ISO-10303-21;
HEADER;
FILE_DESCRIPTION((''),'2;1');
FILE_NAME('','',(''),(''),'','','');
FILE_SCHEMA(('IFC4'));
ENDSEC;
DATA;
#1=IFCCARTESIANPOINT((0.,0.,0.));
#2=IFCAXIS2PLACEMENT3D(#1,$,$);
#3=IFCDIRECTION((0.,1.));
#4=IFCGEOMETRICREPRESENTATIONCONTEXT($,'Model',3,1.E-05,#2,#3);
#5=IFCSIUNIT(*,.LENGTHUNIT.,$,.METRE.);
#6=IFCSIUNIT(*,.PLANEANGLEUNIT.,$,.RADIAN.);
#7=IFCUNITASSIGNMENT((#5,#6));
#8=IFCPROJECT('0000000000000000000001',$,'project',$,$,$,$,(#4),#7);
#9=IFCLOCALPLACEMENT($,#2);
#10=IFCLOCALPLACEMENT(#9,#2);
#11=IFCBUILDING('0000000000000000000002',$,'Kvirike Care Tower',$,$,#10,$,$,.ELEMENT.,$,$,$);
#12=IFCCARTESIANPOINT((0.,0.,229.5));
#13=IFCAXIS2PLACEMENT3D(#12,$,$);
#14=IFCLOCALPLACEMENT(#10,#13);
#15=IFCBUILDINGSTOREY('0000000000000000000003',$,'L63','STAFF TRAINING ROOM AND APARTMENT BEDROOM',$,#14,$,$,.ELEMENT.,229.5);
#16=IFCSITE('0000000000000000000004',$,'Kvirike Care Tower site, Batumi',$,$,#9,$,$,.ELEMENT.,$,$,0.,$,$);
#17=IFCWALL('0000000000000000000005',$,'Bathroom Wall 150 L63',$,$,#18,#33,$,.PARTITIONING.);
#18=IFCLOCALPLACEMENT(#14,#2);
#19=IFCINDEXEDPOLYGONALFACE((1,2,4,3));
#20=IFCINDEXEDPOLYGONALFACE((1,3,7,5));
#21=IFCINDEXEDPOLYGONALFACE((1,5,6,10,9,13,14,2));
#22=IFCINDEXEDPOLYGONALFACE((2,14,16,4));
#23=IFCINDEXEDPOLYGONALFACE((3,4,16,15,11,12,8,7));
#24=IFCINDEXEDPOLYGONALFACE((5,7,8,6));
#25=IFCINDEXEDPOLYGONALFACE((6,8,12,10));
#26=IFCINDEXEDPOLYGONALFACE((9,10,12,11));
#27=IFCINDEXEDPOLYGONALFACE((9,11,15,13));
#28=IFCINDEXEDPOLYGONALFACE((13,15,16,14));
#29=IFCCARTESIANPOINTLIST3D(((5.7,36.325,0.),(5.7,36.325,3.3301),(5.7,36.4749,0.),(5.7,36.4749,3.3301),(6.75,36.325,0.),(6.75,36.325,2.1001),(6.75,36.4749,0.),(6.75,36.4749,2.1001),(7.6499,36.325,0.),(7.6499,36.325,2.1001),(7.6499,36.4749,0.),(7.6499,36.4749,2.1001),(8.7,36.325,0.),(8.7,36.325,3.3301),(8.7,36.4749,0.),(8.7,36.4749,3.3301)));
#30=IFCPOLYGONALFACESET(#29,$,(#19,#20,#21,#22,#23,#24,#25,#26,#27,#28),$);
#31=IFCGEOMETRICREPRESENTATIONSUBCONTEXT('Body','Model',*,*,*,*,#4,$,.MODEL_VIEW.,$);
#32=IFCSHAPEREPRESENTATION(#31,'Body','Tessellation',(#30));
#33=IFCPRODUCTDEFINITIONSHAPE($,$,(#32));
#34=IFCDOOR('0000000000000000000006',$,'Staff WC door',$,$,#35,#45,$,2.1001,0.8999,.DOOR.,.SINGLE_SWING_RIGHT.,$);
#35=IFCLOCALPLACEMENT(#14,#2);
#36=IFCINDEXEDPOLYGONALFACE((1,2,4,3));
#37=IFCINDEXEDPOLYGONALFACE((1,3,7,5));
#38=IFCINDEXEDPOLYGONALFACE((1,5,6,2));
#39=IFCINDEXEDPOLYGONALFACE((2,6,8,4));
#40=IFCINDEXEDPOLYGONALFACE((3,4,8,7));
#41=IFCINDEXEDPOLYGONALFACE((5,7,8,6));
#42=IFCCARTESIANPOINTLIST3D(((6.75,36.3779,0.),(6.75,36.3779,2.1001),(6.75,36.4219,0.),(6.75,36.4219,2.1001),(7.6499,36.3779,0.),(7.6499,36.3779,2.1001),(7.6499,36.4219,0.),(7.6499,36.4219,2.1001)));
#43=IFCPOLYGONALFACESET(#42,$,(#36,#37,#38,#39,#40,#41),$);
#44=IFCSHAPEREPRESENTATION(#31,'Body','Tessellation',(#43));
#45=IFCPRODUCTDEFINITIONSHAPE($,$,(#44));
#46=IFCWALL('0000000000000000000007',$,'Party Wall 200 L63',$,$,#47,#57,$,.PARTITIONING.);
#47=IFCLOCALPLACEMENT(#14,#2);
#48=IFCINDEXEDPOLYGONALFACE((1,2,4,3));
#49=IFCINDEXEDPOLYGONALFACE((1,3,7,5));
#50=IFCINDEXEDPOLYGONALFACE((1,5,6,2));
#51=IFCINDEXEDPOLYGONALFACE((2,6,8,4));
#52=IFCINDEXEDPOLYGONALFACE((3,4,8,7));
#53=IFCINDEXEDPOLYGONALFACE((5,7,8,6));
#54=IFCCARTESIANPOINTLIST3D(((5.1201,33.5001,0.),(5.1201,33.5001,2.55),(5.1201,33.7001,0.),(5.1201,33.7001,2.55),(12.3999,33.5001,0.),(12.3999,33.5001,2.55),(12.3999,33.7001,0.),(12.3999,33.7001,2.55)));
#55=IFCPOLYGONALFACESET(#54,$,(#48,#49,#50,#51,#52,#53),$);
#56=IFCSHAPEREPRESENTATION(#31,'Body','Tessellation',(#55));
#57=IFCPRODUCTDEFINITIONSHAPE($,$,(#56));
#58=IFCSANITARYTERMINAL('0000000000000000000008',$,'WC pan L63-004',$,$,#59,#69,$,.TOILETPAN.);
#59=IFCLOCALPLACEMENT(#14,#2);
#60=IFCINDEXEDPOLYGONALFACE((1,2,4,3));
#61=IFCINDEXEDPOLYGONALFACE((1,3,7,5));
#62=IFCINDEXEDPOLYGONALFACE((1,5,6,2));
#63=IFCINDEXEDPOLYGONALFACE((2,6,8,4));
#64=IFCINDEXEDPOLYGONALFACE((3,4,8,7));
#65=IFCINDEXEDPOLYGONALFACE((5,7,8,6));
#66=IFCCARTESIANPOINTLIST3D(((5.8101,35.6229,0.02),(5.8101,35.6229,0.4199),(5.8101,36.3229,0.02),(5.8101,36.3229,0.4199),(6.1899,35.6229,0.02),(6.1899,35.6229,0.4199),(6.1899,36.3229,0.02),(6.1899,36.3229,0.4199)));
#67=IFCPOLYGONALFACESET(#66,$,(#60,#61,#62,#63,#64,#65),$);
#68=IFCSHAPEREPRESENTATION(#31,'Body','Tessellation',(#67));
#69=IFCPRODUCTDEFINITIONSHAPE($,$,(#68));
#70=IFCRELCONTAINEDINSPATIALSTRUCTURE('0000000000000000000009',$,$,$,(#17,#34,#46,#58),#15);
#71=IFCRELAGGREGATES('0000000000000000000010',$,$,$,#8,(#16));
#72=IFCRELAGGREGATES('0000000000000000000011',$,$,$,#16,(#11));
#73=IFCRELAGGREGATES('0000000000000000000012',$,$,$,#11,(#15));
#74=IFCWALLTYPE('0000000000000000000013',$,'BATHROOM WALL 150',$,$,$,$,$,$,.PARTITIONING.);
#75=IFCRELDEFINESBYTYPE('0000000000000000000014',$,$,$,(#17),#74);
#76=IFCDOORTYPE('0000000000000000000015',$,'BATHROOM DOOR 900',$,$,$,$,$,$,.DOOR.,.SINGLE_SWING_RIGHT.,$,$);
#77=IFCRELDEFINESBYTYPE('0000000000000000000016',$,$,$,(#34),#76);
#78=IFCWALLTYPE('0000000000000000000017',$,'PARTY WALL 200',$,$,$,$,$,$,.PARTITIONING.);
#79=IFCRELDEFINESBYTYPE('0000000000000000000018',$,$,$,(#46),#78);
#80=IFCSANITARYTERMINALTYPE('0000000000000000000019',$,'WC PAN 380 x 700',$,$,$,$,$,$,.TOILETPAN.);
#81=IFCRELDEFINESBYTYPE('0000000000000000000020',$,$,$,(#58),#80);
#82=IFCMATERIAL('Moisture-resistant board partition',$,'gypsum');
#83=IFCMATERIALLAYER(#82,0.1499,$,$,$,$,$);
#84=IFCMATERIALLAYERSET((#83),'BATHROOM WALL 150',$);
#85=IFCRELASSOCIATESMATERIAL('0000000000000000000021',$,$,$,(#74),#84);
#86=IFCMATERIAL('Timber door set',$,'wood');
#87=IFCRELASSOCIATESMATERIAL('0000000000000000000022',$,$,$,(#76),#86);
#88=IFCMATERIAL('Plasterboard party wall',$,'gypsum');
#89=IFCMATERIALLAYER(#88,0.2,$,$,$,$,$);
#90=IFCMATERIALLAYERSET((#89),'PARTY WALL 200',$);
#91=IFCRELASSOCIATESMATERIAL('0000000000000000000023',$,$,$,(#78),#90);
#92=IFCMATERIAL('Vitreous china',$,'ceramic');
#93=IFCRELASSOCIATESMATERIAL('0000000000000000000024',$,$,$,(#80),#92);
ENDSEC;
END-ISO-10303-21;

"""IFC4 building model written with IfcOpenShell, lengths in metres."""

from ifc_helpers import new_model, si_unit, direction, frame, frame_2d, origin, origin_2d, place, context, subcontext, project, spatial, rectangle, extrude, material, layer, layer_set, type_object, element, fill, save


model = new_model("IFC4")

# Units and contexts
model_context = context("Model", 3, precision=1e-05, world=origin(), true_north=direction((0.0, 1.0)))
body_context = subcontext(model_context, "Body", "Model", "MODEL_VIEW")
ifc_project = project(units=[si_unit("LENGTHUNIT", "METRE"), si_unit("PLANEANGLEUNIT", "RADIAN")], contexts=[model_context])

# Site, building, storey
site_placement = place(None, origin())
site = spatial("IfcSite", under=ifc_project, at=site_placement, Name="Kvirike Care Tower site, Batumi", CompositionType="ELEMENT", RefElevation=0.0)
building_placement = place(site_placement, origin())
building = spatial("IfcBuilding", under=site, at=building_placement, Name="Kvirike Care Tower", CompositionType="ELEMENT")
storey_placement = place(building_placement, frame((0.0, 0.0, 229.5)))
storey = spatial("IfcBuildingStorey", under=building, at=storey_placement, Name="L63", Description="STAFF TRAINING ROOM AND APARTMENT BEDROOM", CompositionType="ELEMENT", Elevation=229.5)

# Wall, opening, door
ifc_material_1 = material(Name="Moisture-resistant board partition", Category="gypsum")
ifc_layer_1 = layer(ifc_material_1, 0.1499)
ifc_layer_set_1 = layer_set([ifc_layer_1], Name="BATHROOM WALL 150")
wall_type_1 = type_object("IfcWallType", Name="BATHROOM WALL 150", PredefinedType="PARTITIONING", material=ifc_layer_set_1)
wall_1_placement = place(storey_placement, frame((5.7, 36.3999, 0.0), z_axis=(0.0, 0.0, 1.0), x_axis=(1.0, 0.0, 0.0)))
wall_1 = element("IfcWall", 1, at=wall_1_placement, inside=storey, type_object=wall_type_1, Name="Bathroom Wall 150 L63", PredefinedType="PARTITIONING", context=body_context, shape_type="SweptSolid", body=[
    extrude(rectangle(XDim=3.0, YDim=0.1499, at=frame_2d((1.5, 0.0))), origin(), (0.0, 0.0, 1.0), 3.3301),
])
opening_placement = place(wall_1_placement, frame((1.05, 0.0, 0.0)))
opening = element("IfcOpeningElement", 2, at=opening_placement, cuts=wall_1, PredefinedType="OPENING", context=body_context, shape_type="SweptSolid", body=[
    extrude(rectangle(XDim=0.8999, YDim=2.1001, at=frame_2d((0.45, 1.05))), frame((0.0, 0.0854, 0.0), z_axis=(0.0, -1.0, 0.0), x_axis=(1.0, 0.0, 0.0)), (0.0, 0.0, 1.0), 0.1709),
])
ifc_material_2 = material(Name="Timber door set", Category="wood")
door_type = type_object("IfcDoorType", Name="BATHROOM DOOR 900", OperationType="SINGLE_SWING_RIGHT", PredefinedType="DOOR", material=ifc_material_2)
door_placement = place(opening_placement, frame((0.8999, 0.0, 0.0), z_axis=(0.0, 0.0, 1.0), x_axis=(-1.0, 0.0, 0.0)))
door = element("IfcDoor", 3, at=door_placement, inside=storey, type_object=door_type, Name="Staff WC door", OperationType="SINGLE_SWING_RIGHT", OverallHeight=2.1001, OverallWidth=0.8999, PredefinedType="DOOR", context=body_context, shape_type="SweptSolid", body=[
    extrude(rectangle(XDim=0.8999, YDim=2.1001, at=frame_2d((0.45, 1.05))), frame((0.0, 0.022, 0.0), z_axis=(0.0, -1.0, 0.0), x_axis=(1.0, 0.0, 0.0)), (0.0, 0.0, 1.0), 0.0439),
])
fill(opening, door)

# Wall
ifc_material_3 = material(Name="Plasterboard party wall", Category="gypsum")
ifc_layer_2 = layer(ifc_material_3, 0.2)
ifc_layer_set_2 = layer_set([ifc_layer_2], Name="PARTY WALL 200")
wall_type_2 = type_object("IfcWallType", Name="PARTY WALL 200", PredefinedType="PARTITIONING", material=ifc_layer_set_2)
wall_2_placement = place(storey_placement, frame((5.1201, 33.6001, 0.0), z_axis=(0.0, 0.0, 1.0), x_axis=(1.0, 0.0, 0.0)))
element("IfcWall", 4, at=wall_2_placement, inside=storey, type_object=wall_type_2, Name="Party Wall 200 L63", PredefinedType="PARTITIONING", context=body_context, shape_type="SweptSolid", body=[
    extrude(rectangle(XDim=7.2798, YDim=0.2, at=frame_2d((3.6399, 0.0))), origin(), (0.0, 0.0, 1.0), 2.55),
])

# Sanitary terminal
ifc_material_4 = material(Name="Vitreous china", Category="ceramic")
sanitary_terminal_type = type_object("IfcSanitaryTerminalType", Name="WC PAN 380 x 700", PredefinedType="TOILETPAN", material=ifc_material_4)
sanitary_terminal_placement = place(storey_placement, frame((6.0, 35.9729, 0.02), z_axis=(0.0, 0.0, 1.0), x_axis=(1.0, 0.0, 0.0)))
element("IfcSanitaryTerminal", 5, at=sanitary_terminal_placement, inside=storey, type_object=sanitary_terminal_type, Name="WC pan L63-004", PredefinedType="TOILETPAN", context=body_context, shape_type="SweptSolid", body=[
    extrude(rectangle(XDim=0.3799, YDim=0.7, at=origin_2d()), origin(), (0.0, 0.0, 1.0), 0.3999),
])

save(model, "model.ifc")
